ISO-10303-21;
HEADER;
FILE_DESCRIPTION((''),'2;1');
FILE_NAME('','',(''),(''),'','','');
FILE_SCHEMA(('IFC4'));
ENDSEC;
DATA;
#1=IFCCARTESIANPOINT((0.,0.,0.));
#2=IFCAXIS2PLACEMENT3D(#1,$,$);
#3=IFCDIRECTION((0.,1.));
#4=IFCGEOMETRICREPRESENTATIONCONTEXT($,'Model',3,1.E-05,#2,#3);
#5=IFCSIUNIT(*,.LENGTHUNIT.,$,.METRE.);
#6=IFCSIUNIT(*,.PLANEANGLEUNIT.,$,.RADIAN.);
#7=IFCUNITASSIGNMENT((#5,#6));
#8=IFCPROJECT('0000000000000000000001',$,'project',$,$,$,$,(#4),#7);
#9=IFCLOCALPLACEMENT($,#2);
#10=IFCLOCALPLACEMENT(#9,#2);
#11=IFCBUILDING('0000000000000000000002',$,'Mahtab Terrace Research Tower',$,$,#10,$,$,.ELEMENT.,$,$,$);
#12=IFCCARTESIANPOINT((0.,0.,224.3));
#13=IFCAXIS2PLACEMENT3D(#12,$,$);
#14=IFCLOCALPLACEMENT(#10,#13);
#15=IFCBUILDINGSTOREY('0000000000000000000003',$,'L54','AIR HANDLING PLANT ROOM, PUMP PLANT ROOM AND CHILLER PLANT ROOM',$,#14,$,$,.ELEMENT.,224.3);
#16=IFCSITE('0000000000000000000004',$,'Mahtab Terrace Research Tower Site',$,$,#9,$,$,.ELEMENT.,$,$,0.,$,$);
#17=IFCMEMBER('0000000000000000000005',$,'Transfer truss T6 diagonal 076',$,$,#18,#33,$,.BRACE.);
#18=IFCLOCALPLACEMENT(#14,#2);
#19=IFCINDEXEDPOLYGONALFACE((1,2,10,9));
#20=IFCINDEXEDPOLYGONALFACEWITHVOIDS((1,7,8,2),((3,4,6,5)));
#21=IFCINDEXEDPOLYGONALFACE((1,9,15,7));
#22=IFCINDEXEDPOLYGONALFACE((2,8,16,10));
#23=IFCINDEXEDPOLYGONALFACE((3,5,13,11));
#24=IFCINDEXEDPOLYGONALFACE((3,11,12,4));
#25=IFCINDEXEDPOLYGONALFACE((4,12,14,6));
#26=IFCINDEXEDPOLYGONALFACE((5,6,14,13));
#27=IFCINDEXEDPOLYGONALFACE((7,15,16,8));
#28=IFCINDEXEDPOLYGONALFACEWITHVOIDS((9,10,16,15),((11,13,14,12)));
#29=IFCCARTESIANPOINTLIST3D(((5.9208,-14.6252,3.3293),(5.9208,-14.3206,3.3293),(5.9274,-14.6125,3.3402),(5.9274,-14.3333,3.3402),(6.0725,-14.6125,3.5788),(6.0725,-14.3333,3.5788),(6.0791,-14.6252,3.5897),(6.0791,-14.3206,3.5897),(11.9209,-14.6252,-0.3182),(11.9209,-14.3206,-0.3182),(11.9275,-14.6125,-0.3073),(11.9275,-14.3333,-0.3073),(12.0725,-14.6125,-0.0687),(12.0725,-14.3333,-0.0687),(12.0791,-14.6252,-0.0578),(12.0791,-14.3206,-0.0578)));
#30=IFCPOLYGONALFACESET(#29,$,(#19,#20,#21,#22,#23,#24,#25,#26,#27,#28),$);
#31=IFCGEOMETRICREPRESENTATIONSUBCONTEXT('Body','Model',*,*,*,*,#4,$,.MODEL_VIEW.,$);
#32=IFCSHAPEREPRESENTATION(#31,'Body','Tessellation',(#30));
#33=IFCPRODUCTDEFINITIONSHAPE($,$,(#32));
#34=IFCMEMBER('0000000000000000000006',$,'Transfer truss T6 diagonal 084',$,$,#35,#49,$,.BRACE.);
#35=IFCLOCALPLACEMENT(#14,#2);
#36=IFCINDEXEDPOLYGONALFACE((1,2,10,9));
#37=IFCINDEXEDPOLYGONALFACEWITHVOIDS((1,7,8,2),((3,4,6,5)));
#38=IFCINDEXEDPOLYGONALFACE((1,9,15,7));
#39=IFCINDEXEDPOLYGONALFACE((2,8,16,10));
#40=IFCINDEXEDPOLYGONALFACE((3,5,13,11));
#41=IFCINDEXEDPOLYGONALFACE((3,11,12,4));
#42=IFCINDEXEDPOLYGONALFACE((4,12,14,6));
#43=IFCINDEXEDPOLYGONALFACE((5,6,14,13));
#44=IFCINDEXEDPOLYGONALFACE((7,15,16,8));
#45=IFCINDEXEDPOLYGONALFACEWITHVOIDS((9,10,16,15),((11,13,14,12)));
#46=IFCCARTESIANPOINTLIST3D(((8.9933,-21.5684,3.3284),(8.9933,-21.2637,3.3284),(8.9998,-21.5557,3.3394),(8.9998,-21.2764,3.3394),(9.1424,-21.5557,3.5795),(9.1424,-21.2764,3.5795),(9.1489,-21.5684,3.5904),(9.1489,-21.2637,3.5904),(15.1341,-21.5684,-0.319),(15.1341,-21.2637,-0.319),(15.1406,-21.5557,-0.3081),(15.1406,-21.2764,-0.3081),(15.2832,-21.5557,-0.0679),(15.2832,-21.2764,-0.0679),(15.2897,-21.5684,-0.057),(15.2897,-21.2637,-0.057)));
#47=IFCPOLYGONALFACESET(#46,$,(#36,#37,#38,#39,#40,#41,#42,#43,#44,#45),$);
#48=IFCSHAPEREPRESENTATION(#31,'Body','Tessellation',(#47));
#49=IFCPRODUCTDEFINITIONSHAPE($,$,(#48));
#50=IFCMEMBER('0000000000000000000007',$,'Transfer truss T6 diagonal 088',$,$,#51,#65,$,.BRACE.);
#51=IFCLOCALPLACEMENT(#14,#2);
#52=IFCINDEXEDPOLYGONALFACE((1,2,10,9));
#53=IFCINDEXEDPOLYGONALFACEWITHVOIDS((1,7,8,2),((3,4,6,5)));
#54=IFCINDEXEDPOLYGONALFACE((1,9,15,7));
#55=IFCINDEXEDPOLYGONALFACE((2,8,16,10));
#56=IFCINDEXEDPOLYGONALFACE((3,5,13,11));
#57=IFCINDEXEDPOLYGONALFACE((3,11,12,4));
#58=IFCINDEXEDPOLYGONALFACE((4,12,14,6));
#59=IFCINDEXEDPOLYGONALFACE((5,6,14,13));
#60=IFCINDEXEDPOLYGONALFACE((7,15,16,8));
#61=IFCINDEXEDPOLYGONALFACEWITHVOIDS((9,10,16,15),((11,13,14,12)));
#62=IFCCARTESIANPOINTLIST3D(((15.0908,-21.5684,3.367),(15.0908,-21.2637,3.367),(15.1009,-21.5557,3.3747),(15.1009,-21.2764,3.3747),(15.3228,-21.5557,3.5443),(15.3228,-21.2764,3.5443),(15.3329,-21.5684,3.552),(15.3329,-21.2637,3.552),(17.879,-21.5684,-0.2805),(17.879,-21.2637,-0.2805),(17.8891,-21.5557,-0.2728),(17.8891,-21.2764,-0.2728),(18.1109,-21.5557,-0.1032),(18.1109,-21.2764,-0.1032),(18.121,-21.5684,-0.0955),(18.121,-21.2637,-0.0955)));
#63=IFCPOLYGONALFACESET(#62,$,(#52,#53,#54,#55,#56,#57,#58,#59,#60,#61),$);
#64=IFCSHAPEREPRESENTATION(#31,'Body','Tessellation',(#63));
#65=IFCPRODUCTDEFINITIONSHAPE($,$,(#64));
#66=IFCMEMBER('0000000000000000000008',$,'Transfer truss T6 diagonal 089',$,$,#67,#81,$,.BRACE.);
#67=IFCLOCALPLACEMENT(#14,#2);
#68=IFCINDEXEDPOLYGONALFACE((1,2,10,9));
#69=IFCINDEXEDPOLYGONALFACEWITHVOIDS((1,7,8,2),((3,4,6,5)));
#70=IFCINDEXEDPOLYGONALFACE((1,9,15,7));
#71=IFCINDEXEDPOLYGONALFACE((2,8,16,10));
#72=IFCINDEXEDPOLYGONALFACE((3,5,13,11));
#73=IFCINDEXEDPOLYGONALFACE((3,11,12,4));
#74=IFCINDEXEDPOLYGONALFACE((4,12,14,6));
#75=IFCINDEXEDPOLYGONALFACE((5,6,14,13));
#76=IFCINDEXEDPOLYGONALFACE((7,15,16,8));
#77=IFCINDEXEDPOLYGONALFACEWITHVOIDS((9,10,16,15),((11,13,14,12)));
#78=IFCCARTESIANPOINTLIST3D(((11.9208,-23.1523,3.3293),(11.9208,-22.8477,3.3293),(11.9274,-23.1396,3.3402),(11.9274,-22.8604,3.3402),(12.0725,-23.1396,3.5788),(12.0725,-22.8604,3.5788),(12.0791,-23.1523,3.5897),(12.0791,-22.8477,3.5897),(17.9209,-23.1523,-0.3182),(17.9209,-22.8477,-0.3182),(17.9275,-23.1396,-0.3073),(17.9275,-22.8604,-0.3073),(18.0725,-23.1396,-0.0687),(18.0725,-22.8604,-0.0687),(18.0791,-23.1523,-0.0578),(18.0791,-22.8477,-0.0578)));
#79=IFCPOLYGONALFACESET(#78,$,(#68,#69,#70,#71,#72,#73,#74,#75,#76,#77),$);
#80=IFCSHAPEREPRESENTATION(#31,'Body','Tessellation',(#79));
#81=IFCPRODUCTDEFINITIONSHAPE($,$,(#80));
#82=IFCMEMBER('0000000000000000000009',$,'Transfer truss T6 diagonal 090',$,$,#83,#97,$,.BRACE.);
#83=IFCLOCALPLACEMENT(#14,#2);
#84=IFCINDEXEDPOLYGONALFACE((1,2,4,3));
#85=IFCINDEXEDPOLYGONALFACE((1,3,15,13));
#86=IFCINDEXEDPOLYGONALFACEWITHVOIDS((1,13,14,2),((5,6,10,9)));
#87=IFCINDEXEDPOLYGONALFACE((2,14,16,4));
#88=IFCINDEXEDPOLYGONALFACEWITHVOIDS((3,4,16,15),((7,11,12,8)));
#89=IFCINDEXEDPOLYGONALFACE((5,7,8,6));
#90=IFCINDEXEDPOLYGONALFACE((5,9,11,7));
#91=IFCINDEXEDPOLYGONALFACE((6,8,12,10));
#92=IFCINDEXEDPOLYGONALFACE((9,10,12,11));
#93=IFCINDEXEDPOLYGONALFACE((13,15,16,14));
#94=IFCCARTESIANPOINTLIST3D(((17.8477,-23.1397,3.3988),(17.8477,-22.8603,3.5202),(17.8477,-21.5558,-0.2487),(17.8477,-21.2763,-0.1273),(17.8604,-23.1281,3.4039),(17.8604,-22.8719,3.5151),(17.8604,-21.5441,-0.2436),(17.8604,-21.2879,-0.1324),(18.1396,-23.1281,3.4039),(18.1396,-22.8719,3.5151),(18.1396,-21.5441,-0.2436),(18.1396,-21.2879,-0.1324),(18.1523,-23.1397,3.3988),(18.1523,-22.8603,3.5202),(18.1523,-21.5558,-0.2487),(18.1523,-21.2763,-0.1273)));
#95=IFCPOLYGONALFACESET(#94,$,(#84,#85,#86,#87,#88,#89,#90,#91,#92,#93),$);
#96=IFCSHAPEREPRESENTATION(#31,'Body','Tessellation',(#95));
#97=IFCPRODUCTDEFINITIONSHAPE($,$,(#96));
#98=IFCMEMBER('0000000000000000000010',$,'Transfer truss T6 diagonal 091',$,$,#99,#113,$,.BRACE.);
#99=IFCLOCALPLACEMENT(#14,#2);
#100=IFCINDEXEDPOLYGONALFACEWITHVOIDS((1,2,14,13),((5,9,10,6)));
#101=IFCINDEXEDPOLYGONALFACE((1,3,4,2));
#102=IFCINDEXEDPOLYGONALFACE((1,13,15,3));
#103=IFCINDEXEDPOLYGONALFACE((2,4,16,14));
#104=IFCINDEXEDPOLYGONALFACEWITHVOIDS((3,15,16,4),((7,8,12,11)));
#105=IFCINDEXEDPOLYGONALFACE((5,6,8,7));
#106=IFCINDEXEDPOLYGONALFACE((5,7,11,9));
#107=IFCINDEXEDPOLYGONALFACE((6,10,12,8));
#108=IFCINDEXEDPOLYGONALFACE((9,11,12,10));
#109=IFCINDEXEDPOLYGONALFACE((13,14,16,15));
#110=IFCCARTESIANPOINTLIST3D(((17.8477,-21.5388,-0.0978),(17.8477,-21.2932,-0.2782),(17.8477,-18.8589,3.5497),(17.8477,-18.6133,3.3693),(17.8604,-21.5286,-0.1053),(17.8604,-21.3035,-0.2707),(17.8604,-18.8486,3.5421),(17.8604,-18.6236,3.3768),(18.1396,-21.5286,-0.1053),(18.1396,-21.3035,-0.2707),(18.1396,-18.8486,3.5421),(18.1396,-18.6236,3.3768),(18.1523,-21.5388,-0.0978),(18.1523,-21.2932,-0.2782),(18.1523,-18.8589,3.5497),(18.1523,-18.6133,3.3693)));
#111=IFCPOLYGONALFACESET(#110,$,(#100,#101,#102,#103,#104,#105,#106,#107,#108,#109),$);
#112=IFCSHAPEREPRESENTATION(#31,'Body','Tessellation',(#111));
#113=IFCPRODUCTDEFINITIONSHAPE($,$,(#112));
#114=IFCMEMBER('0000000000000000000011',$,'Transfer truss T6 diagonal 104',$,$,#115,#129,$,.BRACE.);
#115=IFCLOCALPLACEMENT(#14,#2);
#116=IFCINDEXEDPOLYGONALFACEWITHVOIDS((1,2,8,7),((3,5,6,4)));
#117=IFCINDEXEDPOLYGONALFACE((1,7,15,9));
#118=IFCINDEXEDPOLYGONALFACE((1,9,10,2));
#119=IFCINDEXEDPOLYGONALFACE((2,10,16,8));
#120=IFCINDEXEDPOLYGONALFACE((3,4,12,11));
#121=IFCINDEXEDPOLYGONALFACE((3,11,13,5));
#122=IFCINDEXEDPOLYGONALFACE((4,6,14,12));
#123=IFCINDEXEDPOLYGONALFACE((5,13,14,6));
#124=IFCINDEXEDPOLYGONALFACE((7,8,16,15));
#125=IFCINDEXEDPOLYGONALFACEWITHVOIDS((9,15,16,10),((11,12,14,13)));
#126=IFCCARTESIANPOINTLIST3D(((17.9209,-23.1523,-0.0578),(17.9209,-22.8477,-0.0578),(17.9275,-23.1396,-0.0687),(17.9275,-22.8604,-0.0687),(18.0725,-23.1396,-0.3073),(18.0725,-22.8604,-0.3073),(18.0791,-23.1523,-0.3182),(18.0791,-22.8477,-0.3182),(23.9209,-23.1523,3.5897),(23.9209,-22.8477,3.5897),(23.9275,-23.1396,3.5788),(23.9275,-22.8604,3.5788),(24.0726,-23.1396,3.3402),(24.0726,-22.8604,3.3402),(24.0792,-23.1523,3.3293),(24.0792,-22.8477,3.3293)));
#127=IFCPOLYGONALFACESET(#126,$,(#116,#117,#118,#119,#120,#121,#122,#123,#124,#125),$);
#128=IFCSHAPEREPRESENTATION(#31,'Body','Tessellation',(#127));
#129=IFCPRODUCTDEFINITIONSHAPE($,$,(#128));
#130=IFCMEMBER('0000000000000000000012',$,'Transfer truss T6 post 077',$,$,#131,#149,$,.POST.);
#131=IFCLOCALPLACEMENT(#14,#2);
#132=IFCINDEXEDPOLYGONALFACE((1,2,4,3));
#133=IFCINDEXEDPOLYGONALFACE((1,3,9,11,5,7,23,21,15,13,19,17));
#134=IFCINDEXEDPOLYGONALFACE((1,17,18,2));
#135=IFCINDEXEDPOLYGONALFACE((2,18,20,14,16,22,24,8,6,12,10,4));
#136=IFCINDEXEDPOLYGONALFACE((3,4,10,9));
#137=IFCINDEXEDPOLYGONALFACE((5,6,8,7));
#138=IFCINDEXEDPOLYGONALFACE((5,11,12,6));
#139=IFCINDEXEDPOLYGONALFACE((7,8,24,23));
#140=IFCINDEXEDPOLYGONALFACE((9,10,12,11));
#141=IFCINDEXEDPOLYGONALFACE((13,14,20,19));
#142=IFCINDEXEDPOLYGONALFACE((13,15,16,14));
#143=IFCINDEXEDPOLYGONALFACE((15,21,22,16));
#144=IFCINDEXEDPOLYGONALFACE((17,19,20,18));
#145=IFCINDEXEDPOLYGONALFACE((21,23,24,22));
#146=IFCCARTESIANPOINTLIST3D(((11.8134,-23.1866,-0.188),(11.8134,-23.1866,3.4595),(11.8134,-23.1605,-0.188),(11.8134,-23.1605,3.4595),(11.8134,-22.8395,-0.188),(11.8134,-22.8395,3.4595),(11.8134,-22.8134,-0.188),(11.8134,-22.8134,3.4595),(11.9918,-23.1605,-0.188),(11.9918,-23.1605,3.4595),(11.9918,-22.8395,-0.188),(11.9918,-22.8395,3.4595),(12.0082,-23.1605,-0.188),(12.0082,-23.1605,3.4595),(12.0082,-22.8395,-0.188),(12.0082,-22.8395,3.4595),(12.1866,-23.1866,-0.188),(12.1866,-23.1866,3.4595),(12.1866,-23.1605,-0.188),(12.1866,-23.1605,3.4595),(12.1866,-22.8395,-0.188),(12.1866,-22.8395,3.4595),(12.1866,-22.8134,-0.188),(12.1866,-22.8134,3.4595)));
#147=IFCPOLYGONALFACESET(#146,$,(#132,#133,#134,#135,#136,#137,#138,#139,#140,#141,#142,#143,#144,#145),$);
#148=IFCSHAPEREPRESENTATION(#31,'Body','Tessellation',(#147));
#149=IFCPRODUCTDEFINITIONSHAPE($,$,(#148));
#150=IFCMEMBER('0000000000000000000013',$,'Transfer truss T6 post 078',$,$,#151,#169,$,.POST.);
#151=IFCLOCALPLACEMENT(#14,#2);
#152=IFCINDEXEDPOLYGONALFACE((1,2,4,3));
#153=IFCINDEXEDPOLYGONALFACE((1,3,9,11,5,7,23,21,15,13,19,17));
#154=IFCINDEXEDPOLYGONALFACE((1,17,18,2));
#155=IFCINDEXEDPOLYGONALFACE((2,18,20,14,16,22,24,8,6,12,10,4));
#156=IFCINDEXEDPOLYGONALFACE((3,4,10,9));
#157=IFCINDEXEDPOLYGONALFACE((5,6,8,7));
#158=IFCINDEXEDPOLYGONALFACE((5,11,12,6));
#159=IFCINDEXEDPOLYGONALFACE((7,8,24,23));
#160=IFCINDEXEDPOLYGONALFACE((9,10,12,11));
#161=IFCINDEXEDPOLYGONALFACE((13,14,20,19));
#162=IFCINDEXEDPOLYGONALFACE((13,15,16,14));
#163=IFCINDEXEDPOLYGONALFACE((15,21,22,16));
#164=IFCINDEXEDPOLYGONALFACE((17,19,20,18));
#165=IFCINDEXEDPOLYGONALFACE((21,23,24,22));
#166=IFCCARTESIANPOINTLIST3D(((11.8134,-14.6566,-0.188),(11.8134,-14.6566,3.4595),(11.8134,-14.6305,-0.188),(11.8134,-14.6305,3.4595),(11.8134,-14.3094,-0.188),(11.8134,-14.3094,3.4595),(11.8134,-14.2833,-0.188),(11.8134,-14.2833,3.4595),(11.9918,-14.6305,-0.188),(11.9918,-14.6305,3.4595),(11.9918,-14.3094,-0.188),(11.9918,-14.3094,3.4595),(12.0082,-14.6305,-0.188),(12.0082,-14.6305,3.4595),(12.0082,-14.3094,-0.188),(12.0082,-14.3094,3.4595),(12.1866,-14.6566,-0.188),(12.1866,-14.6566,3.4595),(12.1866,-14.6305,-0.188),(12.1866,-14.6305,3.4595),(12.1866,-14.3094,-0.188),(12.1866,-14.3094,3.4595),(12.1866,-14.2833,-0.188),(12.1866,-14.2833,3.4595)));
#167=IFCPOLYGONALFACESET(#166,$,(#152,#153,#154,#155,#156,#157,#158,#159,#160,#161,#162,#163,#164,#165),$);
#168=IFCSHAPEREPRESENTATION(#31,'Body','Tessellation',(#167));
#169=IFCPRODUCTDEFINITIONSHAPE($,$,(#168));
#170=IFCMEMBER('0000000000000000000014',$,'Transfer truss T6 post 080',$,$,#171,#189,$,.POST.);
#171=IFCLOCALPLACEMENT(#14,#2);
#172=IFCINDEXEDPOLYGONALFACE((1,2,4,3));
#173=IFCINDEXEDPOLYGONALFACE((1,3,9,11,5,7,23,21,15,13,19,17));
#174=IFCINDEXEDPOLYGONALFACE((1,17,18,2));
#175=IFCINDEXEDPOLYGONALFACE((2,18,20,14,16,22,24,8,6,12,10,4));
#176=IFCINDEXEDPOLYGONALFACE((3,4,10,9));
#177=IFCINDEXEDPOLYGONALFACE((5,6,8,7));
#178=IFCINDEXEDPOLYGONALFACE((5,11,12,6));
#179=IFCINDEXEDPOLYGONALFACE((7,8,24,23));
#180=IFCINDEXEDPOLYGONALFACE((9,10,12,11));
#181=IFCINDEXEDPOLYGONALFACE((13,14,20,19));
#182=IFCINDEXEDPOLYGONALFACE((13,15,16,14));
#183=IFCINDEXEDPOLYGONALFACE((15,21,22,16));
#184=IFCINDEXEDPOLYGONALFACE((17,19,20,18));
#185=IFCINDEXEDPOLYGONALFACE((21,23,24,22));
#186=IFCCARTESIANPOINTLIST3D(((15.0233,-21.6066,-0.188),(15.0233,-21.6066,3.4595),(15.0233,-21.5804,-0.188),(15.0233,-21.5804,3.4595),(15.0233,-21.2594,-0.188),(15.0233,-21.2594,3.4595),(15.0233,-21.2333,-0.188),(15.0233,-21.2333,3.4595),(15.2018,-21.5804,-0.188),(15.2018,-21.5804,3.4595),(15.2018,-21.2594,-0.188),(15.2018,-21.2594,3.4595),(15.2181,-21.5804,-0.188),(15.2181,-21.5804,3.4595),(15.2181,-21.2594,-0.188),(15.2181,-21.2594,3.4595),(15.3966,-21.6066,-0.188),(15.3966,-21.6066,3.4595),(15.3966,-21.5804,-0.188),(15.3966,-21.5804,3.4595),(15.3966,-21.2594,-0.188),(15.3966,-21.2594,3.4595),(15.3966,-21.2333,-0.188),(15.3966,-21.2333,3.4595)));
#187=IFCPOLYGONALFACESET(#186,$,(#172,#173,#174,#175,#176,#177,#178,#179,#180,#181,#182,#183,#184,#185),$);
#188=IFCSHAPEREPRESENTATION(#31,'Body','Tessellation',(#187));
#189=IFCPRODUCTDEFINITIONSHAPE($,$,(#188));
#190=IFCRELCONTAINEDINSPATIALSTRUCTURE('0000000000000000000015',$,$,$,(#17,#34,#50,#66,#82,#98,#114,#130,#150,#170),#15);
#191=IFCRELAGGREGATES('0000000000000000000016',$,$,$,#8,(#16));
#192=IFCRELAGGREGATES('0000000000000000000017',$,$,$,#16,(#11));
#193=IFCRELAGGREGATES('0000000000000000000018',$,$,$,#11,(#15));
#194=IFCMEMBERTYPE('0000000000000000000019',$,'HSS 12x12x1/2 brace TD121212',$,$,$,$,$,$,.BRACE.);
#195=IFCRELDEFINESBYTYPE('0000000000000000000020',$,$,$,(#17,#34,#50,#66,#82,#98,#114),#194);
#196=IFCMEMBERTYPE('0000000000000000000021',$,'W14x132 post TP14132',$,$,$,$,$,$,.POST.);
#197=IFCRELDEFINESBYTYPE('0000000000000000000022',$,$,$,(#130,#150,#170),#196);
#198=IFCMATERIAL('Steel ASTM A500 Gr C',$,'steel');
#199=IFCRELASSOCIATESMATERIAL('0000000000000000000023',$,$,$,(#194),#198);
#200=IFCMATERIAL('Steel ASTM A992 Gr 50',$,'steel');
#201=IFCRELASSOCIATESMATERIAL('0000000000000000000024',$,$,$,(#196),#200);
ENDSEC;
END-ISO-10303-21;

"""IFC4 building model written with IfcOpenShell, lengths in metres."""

from ifc_helpers import new_model, si_unit, direction, frame, origin, origin_2d, place, context, subcontext, project, spatial, hollow_rectangle, i_section, extrude, material, material_profile, profile_set, type_object, element, save


model = new_model("IFC4")

# Units and contexts
model_context = context("Model", 3, precision=1e-05, world=origin(), true_north=direction((0.0, 1.0)))
body_context = subcontext(model_context, "Body", "Model", "MODEL_VIEW")
ifc_project = project(units=[si_unit("LENGTHUNIT", "METRE"), si_unit("PLANEANGLEUNIT", "RADIAN")], contexts=[model_context])

# Site, building, storey
site_placement = place(None, origin())
site = spatial("IfcSite", under=ifc_project, at=site_placement, Name="Mahtab Terrace Research Tower Site", CompositionType="ELEMENT", RefElevation=0.0)
building_placement = place(site_placement, origin())
building = spatial("IfcBuilding", under=site, at=building_placement, Name="Mahtab Terrace Research Tower", CompositionType="ELEMENT")
storey_placement = place(building_placement, frame((0.0, 0.0, 224.3)))
storey = spatial("IfcBuildingStorey", under=building, at=storey_placement, Name="L54", Description="AIR HANDLING PLANT ROOM, PUMP PLANT ROOM AND CHILLER PLANT ROOM", CompositionType="ELEMENT", Elevation=224.3)

# Members
ifc_material_1 = material(Name="Steel ASTM A500 Gr C", Category="steel")
ifc_material_profile_1 = material_profile(ifc_material_1, hollow_rectangle(XDim=0.3047, YDim=0.3047, WallThickness=0.0127, at=origin_2d()), Name="HSS12X12X1/2")
ifc_profile_set_1 = profile_set([ifc_material_profile_1], Name="Steel ASTM A500 Gr C")
member_type_1 = type_object("IfcMemberType", Name="HSS 12x12x1/2 brace TD121212", PredefinedType="BRACE", material=ifc_profile_set_1)
member_1_placement = place(storey_placement, frame((12.0, -14.4729, -0.188), z_axis=(-0.854497, 0.0, 0.519457), x_axis=(0.0, -1.0, 0.0)))
element("IfcMember", 1, at=member_1_placement, inside=storey, type_object=member_type_1, Name="Transfer truss T6 diagonal 076", PredefinedType="BRACE", context=body_context, shape_type="SweptSolid", body=[
    extrude(hollow_rectangle(XDim=0.3047, YDim=0.3047, WallThickness=0.0127, at=origin_2d()), origin(), (0.0, 0.0, 1.0), 7.0217),
])
member_2_placement = place(storey_placement, frame((15.2119, -21.416, -0.188), z_axis=(-0.859774, 0.0, 0.510675), x_axis=(0.0, -1.0, 0.0)))
element("IfcMember", 2, at=member_2_placement, inside=storey, type_object=member_type_1, Name="Transfer truss T6 diagonal 084", PredefinedType="BRACE", context=body_context, shape_type="SweptSolid", body=[
    extrude(hollow_rectangle(XDim=0.3047, YDim=0.3047, WallThickness=0.0127, at=origin_2d()), origin(), (0.0, 0.0, 1.0), 7.1423),
])
member_3_placement = place(storey_placement, frame((18.0, -21.416, -0.188), z_axis=(-0.607292, 0.0, 0.794479), x_axis=(0.0, -1.0, 0.0)))
element("IfcMember", 3, at=member_3_placement, inside=storey, type_object=member_type_1, Name="Transfer truss T6 diagonal 088", PredefinedType="BRACE", context=body_context, shape_type="SweptSolid", body=[
    extrude(hollow_rectangle(XDim=0.3047, YDim=0.3047, WallThickness=0.0127, at=origin_2d()), origin(), (0.0, 0.0, 1.0), 4.5911),
])
member_4_placement = place(storey_placement, frame((18.0, -23.0, -0.188), z_axis=(-0.854497, 0.0, 0.519457), x_axis=(0.0, -1.0, 0.0)))
element("IfcMember", 4, at=member_4_placement, inside=storey, type_object=member_type_1, Name="Transfer truss T6 diagonal 089", PredefinedType="BRACE", context=body_context, shape_type="SweptSolid", body=[
    extrude(hollow_rectangle(XDim=0.3047, YDim=0.3047, WallThickness=0.0127, at=origin_2d()), origin(), (0.0, 0.0, 1.0), 7.0217),
])
member_5_placement = place(storey_placement, frame((18.0, -21.416, -0.188), z_axis=(0.0, -0.398331, 0.917242), x_axis=(1.0, 0.0, 0.0)))
element("IfcMember", 5, at=member_5_placement, inside=storey, type_object=member_type_1, Name="Transfer truss T6 diagonal 090", PredefinedType="BRACE", context=body_context, shape_type="SweptSolid", body=[
    extrude(hollow_rectangle(XDim=0.3047, YDim=0.3047, WallThickness=0.0127, at=origin_2d()), origin(), (0.0, 0.0, 1.0), 3.9766),
])
member_6_placement = place(storey_placement, frame((18.0, -21.416, -0.188), z_axis=(0.0, 0.5921, 0.805864), x_axis=(-1.0, 0.0, 0.0)))
element("IfcMember", 6, at=member_6_placement, inside=storey, type_object=member_type_1, Name="Transfer truss T6 diagonal 091", PredefinedType="BRACE", context=body_context, shape_type="SweptSolid", body=[
    extrude(hollow_rectangle(XDim=0.3047, YDim=0.3047, WallThickness=0.0127, at=origin_2d()), origin(), (0.0, 0.0, 1.0), 4.5261),
])
member_7_placement = place(storey_placement, frame((18.0, -23.0, -0.188), z_axis=(0.854497, 0.0, 0.519457), x_axis=(0.0, 1.0, 0.0)))
element("IfcMember", 7, at=member_7_placement, inside=storey, type_object=member_type_1, Name="Transfer truss T6 diagonal 104", PredefinedType="BRACE", context=body_context, shape_type="SweptSolid", body=[
    extrude(hollow_rectangle(XDim=0.3047, YDim=0.3047, WallThickness=0.0127, at=origin_2d()), origin(), (0.0, 0.0, 1.0), 7.0217),
])
ifc_material_2 = material(Name="Steel ASTM A992 Gr 50", Category="steel")
ifc_material_profile_2 = material_profile(ifc_material_2, i_section(OverallWidth=0.3733, OverallDepth=0.3733, WebThickness=0.0164, FlangeThickness=0.0261, at=origin_2d()), Name="W14X132")
ifc_profile_set_2 = profile_set([ifc_material_profile_2], Name="Steel ASTM A992 Gr 50")
member_type_2 = type_object("IfcMemberType", Name="W14x132 post TP14132", PredefinedType="POST", material=ifc_profile_set_2)
for number, where, z_axis, x_axis, name in (
    (8, (12.0, -23.0, -0.188), (0.0, 0.0, 1.0), (1.0, 0.0, 0.0), "Transfer truss T6 post 077"),
    (9, (12.0, -14.47, -0.188), (0.0, 0.0, 1.0), (1.0, 0.0, 0.0), "Transfer truss T6 post 078"),
    (10, (15.21, -21.4199, -0.188), (0.0, 0.0, 1.0), (1.0, 0.0, 0.0), "Transfer truss T6 post 080"),
):
    element("IfcMember", number, at=place(storey_placement, frame(where, z_axis=z_axis, x_axis=x_axis)), inside=storey, type_object=member_type_2, Name=name, PredefinedType="POST", context=body_context, shape_type="SweptSolid", body=[
        extrude(i_section(OverallWidth=0.3733, OverallDepth=0.3733, WebThickness=0.0164, FlangeThickness=0.0261, at=origin_2d()), origin(), (0.0, 0.0, 1.0), 3.6475),
    ])

save(model, "model.ifc")
